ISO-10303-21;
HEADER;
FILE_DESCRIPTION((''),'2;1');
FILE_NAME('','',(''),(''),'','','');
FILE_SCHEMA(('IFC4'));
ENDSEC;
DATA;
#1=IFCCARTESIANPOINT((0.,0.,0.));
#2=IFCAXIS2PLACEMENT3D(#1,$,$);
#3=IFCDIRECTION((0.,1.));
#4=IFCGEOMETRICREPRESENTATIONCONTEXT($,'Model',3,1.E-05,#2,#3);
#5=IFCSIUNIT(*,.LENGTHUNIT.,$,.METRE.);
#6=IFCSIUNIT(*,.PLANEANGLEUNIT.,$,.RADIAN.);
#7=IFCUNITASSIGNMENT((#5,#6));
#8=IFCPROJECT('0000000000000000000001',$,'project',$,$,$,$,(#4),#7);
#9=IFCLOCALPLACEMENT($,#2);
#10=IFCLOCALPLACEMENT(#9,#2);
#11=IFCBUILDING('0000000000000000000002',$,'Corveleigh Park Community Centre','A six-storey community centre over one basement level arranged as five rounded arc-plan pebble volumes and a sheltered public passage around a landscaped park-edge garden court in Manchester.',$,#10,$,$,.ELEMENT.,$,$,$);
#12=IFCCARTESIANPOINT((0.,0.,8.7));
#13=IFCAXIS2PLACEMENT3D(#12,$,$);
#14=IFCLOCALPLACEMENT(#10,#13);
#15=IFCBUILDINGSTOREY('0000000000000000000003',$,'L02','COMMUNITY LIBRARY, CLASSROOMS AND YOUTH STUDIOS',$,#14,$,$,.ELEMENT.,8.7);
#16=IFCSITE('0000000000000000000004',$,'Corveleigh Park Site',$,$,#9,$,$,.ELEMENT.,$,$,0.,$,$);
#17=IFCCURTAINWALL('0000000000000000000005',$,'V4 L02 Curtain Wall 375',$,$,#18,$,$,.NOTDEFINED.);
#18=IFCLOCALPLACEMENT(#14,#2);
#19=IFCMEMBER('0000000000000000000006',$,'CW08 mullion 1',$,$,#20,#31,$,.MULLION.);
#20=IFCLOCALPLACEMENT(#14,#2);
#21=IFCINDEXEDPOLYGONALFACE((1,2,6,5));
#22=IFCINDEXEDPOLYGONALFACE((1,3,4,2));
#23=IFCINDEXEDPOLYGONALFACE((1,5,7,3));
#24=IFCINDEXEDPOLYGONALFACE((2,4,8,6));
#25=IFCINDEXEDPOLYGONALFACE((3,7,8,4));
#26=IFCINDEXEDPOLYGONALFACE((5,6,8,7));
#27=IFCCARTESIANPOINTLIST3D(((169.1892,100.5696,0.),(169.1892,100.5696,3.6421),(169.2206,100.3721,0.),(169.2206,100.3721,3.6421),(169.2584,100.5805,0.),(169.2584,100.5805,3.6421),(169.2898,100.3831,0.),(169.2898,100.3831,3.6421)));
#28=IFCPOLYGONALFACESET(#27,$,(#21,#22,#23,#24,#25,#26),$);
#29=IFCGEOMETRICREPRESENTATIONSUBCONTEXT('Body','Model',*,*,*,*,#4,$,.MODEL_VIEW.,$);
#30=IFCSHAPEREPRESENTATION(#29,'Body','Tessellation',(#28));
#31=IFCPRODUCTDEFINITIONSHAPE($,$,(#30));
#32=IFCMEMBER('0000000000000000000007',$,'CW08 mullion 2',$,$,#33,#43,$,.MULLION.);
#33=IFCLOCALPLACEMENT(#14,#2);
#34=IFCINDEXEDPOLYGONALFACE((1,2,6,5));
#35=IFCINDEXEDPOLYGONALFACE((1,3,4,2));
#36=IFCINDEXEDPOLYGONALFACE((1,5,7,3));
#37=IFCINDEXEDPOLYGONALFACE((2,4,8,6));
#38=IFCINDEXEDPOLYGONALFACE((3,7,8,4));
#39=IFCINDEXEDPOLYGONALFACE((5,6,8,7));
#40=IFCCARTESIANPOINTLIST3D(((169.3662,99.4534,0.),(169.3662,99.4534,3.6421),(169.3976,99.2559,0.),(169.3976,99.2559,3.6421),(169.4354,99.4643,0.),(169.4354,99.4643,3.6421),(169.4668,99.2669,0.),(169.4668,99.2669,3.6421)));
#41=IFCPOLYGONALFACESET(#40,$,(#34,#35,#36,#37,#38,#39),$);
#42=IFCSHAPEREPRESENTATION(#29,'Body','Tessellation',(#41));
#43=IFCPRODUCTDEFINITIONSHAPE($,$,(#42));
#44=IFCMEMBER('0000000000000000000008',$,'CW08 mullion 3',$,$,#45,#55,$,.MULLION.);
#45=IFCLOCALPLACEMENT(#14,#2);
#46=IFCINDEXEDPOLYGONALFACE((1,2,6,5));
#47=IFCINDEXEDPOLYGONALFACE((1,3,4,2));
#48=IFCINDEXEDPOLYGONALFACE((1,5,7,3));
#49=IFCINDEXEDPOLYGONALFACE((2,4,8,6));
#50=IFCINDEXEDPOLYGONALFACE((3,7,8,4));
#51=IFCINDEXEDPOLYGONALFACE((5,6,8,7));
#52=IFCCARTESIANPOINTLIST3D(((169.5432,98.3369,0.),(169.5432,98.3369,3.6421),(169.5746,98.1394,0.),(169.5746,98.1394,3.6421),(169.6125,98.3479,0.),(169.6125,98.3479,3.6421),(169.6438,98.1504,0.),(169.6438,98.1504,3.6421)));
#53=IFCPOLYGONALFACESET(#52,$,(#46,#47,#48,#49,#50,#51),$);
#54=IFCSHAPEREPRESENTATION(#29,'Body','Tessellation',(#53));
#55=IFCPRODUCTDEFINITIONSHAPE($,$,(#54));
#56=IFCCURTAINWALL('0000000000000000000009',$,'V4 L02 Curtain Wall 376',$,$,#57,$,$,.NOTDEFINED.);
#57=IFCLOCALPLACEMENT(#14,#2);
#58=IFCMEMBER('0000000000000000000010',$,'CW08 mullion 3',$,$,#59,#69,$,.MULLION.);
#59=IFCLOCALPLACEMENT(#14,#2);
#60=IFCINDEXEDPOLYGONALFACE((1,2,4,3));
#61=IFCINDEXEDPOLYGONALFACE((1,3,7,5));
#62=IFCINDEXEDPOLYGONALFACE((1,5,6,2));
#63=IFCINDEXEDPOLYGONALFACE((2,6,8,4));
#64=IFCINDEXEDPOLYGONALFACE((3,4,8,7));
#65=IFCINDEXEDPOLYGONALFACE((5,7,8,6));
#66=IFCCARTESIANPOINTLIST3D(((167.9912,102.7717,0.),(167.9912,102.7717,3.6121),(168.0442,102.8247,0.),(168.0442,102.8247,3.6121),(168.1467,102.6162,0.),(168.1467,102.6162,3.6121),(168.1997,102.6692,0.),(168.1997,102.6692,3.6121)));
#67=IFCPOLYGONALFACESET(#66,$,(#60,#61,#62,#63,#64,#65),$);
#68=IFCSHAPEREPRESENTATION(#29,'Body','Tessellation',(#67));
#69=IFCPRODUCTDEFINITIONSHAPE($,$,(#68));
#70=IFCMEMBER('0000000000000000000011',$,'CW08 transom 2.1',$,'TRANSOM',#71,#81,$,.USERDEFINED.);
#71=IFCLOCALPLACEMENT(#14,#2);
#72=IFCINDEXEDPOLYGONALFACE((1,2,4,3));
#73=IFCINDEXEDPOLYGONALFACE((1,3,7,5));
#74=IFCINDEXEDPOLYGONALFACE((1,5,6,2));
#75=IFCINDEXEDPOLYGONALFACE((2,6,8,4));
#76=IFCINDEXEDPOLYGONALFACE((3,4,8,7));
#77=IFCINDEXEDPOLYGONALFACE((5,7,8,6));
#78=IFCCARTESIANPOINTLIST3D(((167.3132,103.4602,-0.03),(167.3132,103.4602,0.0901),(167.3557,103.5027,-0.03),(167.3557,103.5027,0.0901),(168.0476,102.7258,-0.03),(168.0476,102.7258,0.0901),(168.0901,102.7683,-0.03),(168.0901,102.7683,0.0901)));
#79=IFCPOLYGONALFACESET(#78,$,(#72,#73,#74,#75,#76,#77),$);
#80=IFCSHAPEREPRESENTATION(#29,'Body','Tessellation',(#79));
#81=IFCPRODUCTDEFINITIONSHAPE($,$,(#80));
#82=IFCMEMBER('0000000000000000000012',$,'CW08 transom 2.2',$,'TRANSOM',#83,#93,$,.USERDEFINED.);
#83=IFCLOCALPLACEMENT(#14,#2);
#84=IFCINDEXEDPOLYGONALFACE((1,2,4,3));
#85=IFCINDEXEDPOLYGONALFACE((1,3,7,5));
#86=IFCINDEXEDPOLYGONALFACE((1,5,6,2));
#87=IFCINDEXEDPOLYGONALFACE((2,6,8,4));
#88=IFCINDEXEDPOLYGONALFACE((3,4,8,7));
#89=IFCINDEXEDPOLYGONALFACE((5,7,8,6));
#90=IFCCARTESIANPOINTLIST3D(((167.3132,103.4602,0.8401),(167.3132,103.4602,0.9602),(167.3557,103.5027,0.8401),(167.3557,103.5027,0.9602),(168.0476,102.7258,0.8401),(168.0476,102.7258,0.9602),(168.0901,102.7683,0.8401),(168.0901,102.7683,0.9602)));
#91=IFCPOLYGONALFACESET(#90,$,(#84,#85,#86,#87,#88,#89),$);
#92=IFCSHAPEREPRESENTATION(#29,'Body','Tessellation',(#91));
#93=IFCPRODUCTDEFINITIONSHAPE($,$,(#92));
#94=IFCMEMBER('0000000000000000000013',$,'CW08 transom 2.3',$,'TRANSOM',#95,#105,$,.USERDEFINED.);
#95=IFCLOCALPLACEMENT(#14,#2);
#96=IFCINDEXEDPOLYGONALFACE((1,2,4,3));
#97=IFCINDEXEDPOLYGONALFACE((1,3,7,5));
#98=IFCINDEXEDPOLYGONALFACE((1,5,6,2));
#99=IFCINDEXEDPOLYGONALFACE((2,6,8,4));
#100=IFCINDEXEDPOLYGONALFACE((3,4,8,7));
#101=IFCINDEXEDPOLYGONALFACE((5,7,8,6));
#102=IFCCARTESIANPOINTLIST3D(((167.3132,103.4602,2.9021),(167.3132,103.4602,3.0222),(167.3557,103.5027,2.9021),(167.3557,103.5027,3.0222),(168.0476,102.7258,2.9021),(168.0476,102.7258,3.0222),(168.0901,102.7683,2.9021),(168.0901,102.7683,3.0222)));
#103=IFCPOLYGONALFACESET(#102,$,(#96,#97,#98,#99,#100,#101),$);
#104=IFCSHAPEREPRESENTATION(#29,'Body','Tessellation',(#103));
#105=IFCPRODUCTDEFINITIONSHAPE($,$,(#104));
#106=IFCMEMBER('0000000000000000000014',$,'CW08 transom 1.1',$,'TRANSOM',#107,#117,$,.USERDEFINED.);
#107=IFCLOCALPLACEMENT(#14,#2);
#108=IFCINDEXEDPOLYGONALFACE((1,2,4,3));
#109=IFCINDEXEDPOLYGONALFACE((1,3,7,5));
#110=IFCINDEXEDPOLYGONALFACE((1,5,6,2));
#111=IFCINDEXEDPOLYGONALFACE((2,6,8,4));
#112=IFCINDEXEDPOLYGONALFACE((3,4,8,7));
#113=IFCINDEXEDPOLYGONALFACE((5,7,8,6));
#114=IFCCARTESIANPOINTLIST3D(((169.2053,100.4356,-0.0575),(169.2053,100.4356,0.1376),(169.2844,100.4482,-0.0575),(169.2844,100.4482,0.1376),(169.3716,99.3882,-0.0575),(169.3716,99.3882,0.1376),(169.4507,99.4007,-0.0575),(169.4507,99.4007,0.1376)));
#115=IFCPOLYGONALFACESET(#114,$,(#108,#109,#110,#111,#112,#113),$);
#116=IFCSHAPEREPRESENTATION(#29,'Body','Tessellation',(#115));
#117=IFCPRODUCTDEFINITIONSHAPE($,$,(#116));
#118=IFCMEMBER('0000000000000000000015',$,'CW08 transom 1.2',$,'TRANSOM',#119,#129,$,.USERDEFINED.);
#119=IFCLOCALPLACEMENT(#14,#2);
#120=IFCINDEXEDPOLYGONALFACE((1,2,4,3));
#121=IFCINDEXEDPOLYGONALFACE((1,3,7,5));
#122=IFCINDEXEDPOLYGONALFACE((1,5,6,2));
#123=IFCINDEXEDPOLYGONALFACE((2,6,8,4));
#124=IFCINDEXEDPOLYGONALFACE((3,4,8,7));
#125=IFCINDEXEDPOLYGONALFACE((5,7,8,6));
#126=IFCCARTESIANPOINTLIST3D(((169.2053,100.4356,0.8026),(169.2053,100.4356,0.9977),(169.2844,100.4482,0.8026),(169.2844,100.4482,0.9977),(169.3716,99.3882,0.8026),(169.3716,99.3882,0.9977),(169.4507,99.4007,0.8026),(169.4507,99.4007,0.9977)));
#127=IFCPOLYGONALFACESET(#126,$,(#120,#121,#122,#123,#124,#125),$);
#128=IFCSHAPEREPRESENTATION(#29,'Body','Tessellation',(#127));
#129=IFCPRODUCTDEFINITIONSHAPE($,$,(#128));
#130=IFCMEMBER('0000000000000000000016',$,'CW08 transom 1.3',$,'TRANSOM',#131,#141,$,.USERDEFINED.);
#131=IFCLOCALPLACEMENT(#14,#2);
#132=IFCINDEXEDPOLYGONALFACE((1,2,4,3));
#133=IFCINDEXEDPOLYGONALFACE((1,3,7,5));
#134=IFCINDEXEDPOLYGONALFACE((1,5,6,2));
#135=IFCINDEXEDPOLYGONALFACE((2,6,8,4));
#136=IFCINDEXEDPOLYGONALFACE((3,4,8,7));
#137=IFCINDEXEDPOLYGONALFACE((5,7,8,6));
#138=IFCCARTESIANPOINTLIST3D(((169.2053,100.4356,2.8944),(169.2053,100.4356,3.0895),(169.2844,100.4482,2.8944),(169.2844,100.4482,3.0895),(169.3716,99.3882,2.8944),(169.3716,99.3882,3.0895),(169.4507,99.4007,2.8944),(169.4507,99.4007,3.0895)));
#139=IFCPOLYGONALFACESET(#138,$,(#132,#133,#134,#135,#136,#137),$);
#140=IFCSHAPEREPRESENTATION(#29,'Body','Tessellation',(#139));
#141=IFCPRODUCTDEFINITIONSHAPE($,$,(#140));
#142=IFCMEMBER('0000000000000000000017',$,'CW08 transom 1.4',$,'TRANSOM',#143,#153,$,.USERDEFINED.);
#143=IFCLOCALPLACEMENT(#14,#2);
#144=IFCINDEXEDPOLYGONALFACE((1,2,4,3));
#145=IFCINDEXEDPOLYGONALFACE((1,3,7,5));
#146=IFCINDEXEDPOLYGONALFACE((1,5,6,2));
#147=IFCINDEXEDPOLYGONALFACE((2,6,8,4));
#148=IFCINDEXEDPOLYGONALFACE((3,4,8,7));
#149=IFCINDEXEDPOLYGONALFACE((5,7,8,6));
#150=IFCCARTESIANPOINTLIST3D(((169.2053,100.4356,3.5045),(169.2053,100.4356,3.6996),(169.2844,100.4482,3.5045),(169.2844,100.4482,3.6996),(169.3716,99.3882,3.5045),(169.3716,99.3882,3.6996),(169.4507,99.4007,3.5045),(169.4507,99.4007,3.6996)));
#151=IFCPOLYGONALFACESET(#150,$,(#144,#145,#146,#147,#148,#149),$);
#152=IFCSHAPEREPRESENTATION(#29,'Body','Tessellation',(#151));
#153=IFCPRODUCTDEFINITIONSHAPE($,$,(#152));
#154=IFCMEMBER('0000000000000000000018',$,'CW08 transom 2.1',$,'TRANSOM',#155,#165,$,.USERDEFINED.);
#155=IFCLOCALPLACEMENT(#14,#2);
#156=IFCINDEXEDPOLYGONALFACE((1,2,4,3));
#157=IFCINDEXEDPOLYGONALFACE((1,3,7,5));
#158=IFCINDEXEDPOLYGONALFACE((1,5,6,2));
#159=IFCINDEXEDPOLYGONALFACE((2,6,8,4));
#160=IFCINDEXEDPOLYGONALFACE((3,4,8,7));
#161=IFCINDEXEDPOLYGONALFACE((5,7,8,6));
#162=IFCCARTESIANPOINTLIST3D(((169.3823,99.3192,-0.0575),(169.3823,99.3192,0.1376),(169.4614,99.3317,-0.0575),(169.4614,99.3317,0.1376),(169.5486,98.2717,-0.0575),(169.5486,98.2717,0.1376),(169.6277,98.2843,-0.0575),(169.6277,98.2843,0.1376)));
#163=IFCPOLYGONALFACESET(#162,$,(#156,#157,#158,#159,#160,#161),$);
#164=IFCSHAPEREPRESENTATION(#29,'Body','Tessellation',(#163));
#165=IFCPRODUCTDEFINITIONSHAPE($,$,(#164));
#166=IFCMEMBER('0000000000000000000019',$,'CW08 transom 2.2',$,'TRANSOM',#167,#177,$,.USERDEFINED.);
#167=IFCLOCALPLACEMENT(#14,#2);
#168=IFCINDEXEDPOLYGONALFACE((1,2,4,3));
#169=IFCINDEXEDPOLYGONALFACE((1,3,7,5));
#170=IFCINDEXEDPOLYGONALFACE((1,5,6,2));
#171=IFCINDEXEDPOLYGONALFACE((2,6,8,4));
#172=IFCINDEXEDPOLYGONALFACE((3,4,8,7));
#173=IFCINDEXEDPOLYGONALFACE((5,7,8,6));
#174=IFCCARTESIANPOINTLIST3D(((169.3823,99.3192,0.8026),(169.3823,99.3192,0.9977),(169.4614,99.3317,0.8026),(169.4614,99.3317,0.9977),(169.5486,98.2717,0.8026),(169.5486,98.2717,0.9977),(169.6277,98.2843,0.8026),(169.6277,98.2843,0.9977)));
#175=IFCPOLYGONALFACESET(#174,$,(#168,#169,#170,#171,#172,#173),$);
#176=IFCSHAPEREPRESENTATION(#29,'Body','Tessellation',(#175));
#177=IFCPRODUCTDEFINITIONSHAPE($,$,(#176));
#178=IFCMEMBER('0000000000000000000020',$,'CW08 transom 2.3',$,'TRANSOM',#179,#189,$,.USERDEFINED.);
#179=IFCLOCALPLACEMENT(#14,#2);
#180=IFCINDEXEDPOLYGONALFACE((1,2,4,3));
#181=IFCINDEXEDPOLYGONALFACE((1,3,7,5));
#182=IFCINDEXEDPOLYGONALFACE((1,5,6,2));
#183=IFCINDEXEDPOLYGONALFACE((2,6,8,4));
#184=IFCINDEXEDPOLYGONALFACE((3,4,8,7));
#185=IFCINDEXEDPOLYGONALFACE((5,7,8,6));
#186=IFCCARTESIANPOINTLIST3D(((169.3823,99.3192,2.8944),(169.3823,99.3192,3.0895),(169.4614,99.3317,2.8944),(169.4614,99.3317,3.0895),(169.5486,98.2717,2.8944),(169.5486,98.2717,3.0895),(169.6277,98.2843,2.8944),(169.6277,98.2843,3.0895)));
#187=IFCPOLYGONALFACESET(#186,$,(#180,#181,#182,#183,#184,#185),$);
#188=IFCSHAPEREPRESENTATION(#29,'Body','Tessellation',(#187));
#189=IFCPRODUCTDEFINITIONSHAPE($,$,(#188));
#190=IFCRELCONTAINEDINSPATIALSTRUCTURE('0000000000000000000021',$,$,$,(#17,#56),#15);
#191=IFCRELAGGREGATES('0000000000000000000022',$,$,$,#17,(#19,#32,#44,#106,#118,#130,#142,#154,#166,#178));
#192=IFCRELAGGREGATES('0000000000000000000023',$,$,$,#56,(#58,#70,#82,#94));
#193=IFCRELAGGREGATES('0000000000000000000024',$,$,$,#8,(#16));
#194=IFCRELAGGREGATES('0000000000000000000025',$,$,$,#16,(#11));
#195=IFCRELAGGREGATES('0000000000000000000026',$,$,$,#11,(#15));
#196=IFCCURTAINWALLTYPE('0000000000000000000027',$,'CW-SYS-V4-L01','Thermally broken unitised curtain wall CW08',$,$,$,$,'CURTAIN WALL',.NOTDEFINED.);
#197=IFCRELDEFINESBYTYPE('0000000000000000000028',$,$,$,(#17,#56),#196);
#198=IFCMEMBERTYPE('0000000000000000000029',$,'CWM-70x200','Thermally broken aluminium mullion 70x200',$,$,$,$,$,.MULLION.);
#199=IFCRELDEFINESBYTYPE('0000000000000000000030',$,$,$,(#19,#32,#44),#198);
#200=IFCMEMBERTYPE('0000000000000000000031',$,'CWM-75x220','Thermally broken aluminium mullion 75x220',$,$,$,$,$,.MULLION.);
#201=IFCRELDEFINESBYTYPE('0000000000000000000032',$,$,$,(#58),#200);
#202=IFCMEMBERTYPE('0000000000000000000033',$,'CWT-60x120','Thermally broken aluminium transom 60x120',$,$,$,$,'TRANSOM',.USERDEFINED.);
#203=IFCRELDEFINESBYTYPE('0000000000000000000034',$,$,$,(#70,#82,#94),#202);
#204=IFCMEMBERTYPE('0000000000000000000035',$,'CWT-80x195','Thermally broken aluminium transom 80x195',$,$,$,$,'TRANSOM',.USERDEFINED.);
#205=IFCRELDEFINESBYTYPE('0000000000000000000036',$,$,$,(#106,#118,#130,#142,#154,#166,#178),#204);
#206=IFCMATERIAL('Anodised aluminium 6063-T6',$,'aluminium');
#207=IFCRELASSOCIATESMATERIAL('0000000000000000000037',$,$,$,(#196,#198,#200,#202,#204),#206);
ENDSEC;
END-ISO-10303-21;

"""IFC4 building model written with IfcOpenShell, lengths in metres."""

from ifc_helpers import new_model, si_unit, direction, frame, origin, origin_2d, place, context, subcontext, project, spatial, rectangle, extrude, material, material_profile, profile_set, type_object, element, aggregate, save


model = new_model("IFC4")

# Units and contexts
model_context = context("Model", 3, precision=1e-05, world=origin(), true_north=direction((0.0, 1.0)))
body_context = subcontext(model_context, "Body", "Model", "MODEL_VIEW")
ifc_project = project(units=[si_unit("LENGTHUNIT", "METRE"), si_unit("PLANEANGLEUNIT", "RADIAN")], contexts=[model_context])

# Site, building, storey
site_placement = place(None, origin())
site = spatial("IfcSite", under=ifc_project, at=site_placement, Name="Corveleigh Park Site", CompositionType="ELEMENT", RefElevation=0.0)
building_placement = place(site_placement, origin())
building = spatial("IfcBuilding", under=site, at=building_placement, Name="Corveleigh Park Community Centre", Description="A six-storey community centre over one basement level arranged as five rounded arc-plan pebble volumes and a sheltered public passage around a landscaped park-edge garden court in Manchester.", CompositionType="ELEMENT")
storey_placement = place(building_placement, frame((0.0, 0.0, 8.7)))
storey = spatial("IfcBuildingStorey", under=building, at=storey_placement, Name="L02", Description="COMMUNITY LIBRARY, CLASSROOMS AND YOUTH STUDIOS", CompositionType="ELEMENT", Elevation=8.7)

# Curtain walls, members
ifc_material_1 = material(Name="Anodised aluminium 6063-T6", Category="aluminium")
curtain_wall_type = type_object("IfcCurtainWallType", Name="CW-SYS-V4-L01", Description="Thermally broken unitised curtain wall CW08", ElementType="CURTAIN WALL", PredefinedType="NOTDEFINED", material=ifc_material_1)
curtain_wall_1_placement = place(storey_placement, origin())
curtain_wall_1 = element("IfcCurtainWall", 1, at=curtain_wall_1_placement, inside=storey, type_object=curtain_wall_type, Name="V4 L02 Curtain Wall 375", PredefinedType="NOTDEFINED")
ifc_material_profile_1 = material_profile(ifc_material_1, rectangle(XDim=0.0701, YDim=0.2, at=origin_2d()), Name="ALU-M70x200", Category="aluminium")
ifc_profile_set_1 = profile_set([ifc_material_profile_1], Name="Anodised aluminium 6063-T6")
member_type_1 = type_object("IfcMemberType", Name="CWM-70x200", Description="Thermally broken aluminium mullion 70x200", PredefinedType="MULLION", material=ifc_profile_set_1)
member_1_placement = place(storey_placement, frame((169.2395, 100.4763, 0.0), z_axis=(0.0, 0.0, 1.0), x_axis=(0.987662, 0.156601, 0.0)))
member_1 = element("IfcMember", 2, at=member_1_placement, type_object=member_type_1, Name="CW08 mullion 1", PredefinedType="MULLION", context=body_context, shape_type="SweptSolid", body=[
    extrude(rectangle(XDim=0.0701, YDim=0.2, at=origin_2d()), origin(), (0.0, 0.0, 1.0), 3.6421),
])
member_2_placement = place(storey_placement, frame((169.4165, 99.3601, 0.0), z_axis=(0.0, 0.0, 1.0), x_axis=(0.987662, 0.156601, 0.0)))
member_2 = element("IfcMember", 3, at=member_2_placement, type_object=member_type_1, Name="CW08 mullion 2", PredefinedType="MULLION", context=body_context, shape_type="SweptSolid", body=[
    extrude(rectangle(XDim=0.0701, YDim=0.2, at=origin_2d()), origin(), (0.0, 0.0, 1.0), 3.6421),
])
member_3_placement = place(storey_placement, frame((169.5935, 98.2437, 0.0), z_axis=(0.0, 0.0, 1.0), x_axis=(0.987662, 0.156601, 0.0)))
member_3 = element("IfcMember", 4, at=member_3_placement, type_object=member_type_1, Name="CW08 mullion 3", PredefinedType="MULLION", context=body_context, shape_type="SweptSolid", body=[
    extrude(rectangle(XDim=0.0701, YDim=0.2, at=origin_2d()), origin(), (0.0, 0.0, 1.0), 3.6421),
])
curtain_wall_2_placement = place(storey_placement, origin())
curtain_wall_2 = element("IfcCurtainWall", 5, at=curtain_wall_2_placement, inside=storey, type_object=curtain_wall_type, Name="V4 L02 Curtain Wall 376", PredefinedType="NOTDEFINED")
ifc_material_profile_2 = material_profile(ifc_material_1, rectangle(XDim=0.075, YDim=0.22, at=origin_2d()), Name="ALU-M75x220", Category="aluminium")
ifc_profile_set_2 = profile_set([ifc_material_profile_2], Name="Anodised aluminium 6063-T6")
member_type_2 = type_object("IfcMemberType", Name="CWM-75x220", Description="Thermally broken aluminium mullion 75x220", PredefinedType="MULLION", material=ifc_profile_set_2)
member_4_placement = place(storey_placement, frame((168.0955, 102.7205, 0.0), z_axis=(0.0, 0.0, 1.0), x_axis=(0.707107, 0.707107, 0.0)))
member_4 = element("IfcMember", 6, at=member_4_placement, type_object=member_type_2, Name="CW08 mullion 3", PredefinedType="MULLION", context=body_context, shape_type="SweptSolid", body=[
    extrude(rectangle(XDim=0.075, YDim=0.22, at=origin_2d()), origin(), (0.0, 0.0, 1.0), 3.6121),
])
ifc_material_profile_3 = material_profile(ifc_material_1, rectangle(XDim=0.0601, YDim=0.1201, at=origin_2d()), Name="ALU-T60x120", Category="aluminium")
ifc_profile_set_3 = profile_set([ifc_material_profile_3], Name="Anodised aluminium 6063-T6")
member_type_3 = type_object("IfcMemberType", Name="CWT-60x120", Description="Thermally broken aluminium transom 60x120", ElementType="TRANSOM", PredefinedType="USERDEFINED", material=ifc_profile_set_3)
member_5_placement = place(storey_placement, frame((167.3345, 103.4814, 0.03), z_axis=(0.707107, -0.707107, 0.0), x_axis=(0.707107, 0.707107, 0.0)))
member_5 = element("IfcMember", 7, at=member_5_placement, type_object=member_type_3, Name="CW08 transom 2.1", ObjectType="TRANSOM", PredefinedType="USERDEFINED", context=body_context, shape_type="SweptSolid", body=[
    extrude(rectangle(XDim=0.0601, YDim=0.1201, at=origin_2d()), origin(), (0.0, 0.0, 1.0), 1.0386),
])
member_6_placement = place(storey_placement, frame((167.3345, 103.4814, 0.9001), z_axis=(0.707107, -0.707107, 0.0), x_axis=(0.707107, 0.707107, 0.0)))
member_6 = element("IfcMember", 8, at=member_6_placement, type_object=member_type_3, Name="CW08 transom 2.2", ObjectType="TRANSOM", PredefinedType="USERDEFINED", context=body_context, shape_type="SweptSolid", body=[
    extrude(rectangle(XDim=0.0601, YDim=0.1201, at=origin_2d()), origin(), (0.0, 0.0, 1.0), 1.0386),
])
member_7_placement = place(storey_placement, frame((167.3345, 103.4814, 2.9622), z_axis=(0.707107, -0.707107, 0.0), x_axis=(0.707107, 0.707107, 0.0)))
member_7 = element("IfcMember", 9, at=member_7_placement, type_object=member_type_3, Name="CW08 transom 2.3", ObjectType="TRANSOM", PredefinedType="USERDEFINED", context=body_context, shape_type="SweptSolid", body=[
    extrude(rectangle(XDim=0.0601, YDim=0.1201, at=origin_2d()), origin(), (0.0, 0.0, 1.0), 1.0386),
])

# Members
ifc_material_profile_4 = material_profile(ifc_material_1, rectangle(XDim=0.0801, YDim=0.1951, at=origin_2d()), Name="ALU-T80x195", Category="aluminium")
ifc_profile_set_4 = profile_set([ifc_material_profile_4], Name="Anodised aluminium 6063-T6")
member_type_4 = type_object("IfcMemberType", Name="CWT-80x195", Description="Thermally broken aluminium transom 80x195", ElementType="TRANSOM", PredefinedType="USERDEFINED", material=ifc_profile_set_4)
member_8_placement = place(storey_placement, frame((169.2449, 100.4419, 0.04), z_axis=(0.156778, -0.987634, 0.0), x_axis=(0.987634, 0.156778, 0.0)))
member_8 = element("IfcMember", 10, at=member_8_placement, type_object=member_type_4, Name="CW08 transom 1.1", ObjectType="TRANSOM", PredefinedType="USERDEFINED", context=body_context, shape_type="SweptSolid", body=[
    extrude(rectangle(XDim=0.0801, YDim=0.1951, at=origin_2d()), origin(), (0.0, 0.0, 1.0), 1.0605),
])
member_9_placement = place(storey_placement, frame((169.2449, 100.4419, 0.9001), z_axis=(0.156778, -0.987634, 0.0), x_axis=(0.987634, 0.156778, 0.0)))
member_9 = element("IfcMember", 11, at=member_9_placement, type_object=member_type_4, Name="CW08 transom 1.2", ObjectType="TRANSOM", PredefinedType="USERDEFINED", context=body_context, shape_type="SweptSolid", body=[
    extrude(rectangle(XDim=0.0801, YDim=0.1951, at=origin_2d()), origin(), (0.0, 0.0, 1.0), 1.0605),
])
member_10_placement = place(storey_placement, frame((169.2449, 100.4419, 2.9919), z_axis=(0.156778, -0.987634, 0.0), x_axis=(0.987634, 0.156778, 0.0)))
member_10 = element("IfcMember", 12, at=member_10_placement, type_object=member_type_4, Name="CW08 transom 1.3", ObjectType="TRANSOM", PredefinedType="USERDEFINED", context=body_context, shape_type="SweptSolid", body=[
    extrude(rectangle(XDim=0.0801, YDim=0.1951, at=origin_2d()), origin(), (0.0, 0.0, 1.0), 1.0605),
])
member_11_placement = place(storey_placement, frame((169.2449, 100.4419, 3.6021), z_axis=(0.156778, -0.987634, 0.0), x_axis=(0.987634, 0.156778, 0.0)))
member_11 = element("IfcMember", 13, at=member_11_placement, type_object=member_type_4, Name="CW08 transom 1.4", ObjectType="TRANSOM", PredefinedType="USERDEFINED", context=body_context, shape_type="SweptSolid", body=[
    extrude(rectangle(XDim=0.0801, YDim=0.1951, at=origin_2d()), origin(), (0.0, 0.0, 1.0), 1.0605),
])
member_12_placement = place(storey_placement, frame((169.4219, 99.3254, 0.04), z_axis=(0.156778, -0.987634, 0.0), x_axis=(0.987634, 0.156778, 0.0)))
member_12 = element("IfcMember", 14, at=member_12_placement, type_object=member_type_4, Name="CW08 transom 2.1", ObjectType="TRANSOM", PredefinedType="USERDEFINED", context=body_context, shape_type="SweptSolid", body=[
    extrude(rectangle(XDim=0.0801, YDim=0.1951, at=origin_2d()), origin(), (0.0, 0.0, 1.0), 1.0605),
])
member_13_placement = place(storey_placement, frame((169.4219, 99.3254, 0.9001), z_axis=(0.156778, -0.987634, 0.0), x_axis=(0.987634, 0.156778, 0.0)))
member_13 = element("IfcMember", 15, at=member_13_placement, type_object=member_type_4, Name="CW08 transom 2.2", ObjectType="TRANSOM", PredefinedType="USERDEFINED", context=body_context, shape_type="SweptSolid", body=[
    extrude(rectangle(XDim=0.0801, YDim=0.1951, at=origin_2d()), origin(), (0.0, 0.0, 1.0), 1.0605),
])
member_14_placement = place(storey_placement, frame((169.4219, 99.3254, 2.9919), z_axis=(0.156778, -0.987634, 0.0), x_axis=(0.987634, 0.156778, 0.0)))
member_14 = element("IfcMember", 16, at=member_14_placement, type_object=member_type_4, Name="CW08 transom 2.3", ObjectType="TRANSOM", PredefinedType="USERDEFINED", context=body_context, shape_type="SweptSolid", body=[
    extrude(rectangle(XDim=0.0801, YDim=0.1951, at=origin_2d()), origin(), (0.0, 0.0, 1.0), 1.0605),
])

aggregate(curtain_wall_1, [member_1, member_2, member_3, member_8, member_9, member_10, member_11, member_12, member_13, member_14])
aggregate(curtain_wall_2, [member_4, member_5, member_6, member_7])

save(model, "model.ifc")
